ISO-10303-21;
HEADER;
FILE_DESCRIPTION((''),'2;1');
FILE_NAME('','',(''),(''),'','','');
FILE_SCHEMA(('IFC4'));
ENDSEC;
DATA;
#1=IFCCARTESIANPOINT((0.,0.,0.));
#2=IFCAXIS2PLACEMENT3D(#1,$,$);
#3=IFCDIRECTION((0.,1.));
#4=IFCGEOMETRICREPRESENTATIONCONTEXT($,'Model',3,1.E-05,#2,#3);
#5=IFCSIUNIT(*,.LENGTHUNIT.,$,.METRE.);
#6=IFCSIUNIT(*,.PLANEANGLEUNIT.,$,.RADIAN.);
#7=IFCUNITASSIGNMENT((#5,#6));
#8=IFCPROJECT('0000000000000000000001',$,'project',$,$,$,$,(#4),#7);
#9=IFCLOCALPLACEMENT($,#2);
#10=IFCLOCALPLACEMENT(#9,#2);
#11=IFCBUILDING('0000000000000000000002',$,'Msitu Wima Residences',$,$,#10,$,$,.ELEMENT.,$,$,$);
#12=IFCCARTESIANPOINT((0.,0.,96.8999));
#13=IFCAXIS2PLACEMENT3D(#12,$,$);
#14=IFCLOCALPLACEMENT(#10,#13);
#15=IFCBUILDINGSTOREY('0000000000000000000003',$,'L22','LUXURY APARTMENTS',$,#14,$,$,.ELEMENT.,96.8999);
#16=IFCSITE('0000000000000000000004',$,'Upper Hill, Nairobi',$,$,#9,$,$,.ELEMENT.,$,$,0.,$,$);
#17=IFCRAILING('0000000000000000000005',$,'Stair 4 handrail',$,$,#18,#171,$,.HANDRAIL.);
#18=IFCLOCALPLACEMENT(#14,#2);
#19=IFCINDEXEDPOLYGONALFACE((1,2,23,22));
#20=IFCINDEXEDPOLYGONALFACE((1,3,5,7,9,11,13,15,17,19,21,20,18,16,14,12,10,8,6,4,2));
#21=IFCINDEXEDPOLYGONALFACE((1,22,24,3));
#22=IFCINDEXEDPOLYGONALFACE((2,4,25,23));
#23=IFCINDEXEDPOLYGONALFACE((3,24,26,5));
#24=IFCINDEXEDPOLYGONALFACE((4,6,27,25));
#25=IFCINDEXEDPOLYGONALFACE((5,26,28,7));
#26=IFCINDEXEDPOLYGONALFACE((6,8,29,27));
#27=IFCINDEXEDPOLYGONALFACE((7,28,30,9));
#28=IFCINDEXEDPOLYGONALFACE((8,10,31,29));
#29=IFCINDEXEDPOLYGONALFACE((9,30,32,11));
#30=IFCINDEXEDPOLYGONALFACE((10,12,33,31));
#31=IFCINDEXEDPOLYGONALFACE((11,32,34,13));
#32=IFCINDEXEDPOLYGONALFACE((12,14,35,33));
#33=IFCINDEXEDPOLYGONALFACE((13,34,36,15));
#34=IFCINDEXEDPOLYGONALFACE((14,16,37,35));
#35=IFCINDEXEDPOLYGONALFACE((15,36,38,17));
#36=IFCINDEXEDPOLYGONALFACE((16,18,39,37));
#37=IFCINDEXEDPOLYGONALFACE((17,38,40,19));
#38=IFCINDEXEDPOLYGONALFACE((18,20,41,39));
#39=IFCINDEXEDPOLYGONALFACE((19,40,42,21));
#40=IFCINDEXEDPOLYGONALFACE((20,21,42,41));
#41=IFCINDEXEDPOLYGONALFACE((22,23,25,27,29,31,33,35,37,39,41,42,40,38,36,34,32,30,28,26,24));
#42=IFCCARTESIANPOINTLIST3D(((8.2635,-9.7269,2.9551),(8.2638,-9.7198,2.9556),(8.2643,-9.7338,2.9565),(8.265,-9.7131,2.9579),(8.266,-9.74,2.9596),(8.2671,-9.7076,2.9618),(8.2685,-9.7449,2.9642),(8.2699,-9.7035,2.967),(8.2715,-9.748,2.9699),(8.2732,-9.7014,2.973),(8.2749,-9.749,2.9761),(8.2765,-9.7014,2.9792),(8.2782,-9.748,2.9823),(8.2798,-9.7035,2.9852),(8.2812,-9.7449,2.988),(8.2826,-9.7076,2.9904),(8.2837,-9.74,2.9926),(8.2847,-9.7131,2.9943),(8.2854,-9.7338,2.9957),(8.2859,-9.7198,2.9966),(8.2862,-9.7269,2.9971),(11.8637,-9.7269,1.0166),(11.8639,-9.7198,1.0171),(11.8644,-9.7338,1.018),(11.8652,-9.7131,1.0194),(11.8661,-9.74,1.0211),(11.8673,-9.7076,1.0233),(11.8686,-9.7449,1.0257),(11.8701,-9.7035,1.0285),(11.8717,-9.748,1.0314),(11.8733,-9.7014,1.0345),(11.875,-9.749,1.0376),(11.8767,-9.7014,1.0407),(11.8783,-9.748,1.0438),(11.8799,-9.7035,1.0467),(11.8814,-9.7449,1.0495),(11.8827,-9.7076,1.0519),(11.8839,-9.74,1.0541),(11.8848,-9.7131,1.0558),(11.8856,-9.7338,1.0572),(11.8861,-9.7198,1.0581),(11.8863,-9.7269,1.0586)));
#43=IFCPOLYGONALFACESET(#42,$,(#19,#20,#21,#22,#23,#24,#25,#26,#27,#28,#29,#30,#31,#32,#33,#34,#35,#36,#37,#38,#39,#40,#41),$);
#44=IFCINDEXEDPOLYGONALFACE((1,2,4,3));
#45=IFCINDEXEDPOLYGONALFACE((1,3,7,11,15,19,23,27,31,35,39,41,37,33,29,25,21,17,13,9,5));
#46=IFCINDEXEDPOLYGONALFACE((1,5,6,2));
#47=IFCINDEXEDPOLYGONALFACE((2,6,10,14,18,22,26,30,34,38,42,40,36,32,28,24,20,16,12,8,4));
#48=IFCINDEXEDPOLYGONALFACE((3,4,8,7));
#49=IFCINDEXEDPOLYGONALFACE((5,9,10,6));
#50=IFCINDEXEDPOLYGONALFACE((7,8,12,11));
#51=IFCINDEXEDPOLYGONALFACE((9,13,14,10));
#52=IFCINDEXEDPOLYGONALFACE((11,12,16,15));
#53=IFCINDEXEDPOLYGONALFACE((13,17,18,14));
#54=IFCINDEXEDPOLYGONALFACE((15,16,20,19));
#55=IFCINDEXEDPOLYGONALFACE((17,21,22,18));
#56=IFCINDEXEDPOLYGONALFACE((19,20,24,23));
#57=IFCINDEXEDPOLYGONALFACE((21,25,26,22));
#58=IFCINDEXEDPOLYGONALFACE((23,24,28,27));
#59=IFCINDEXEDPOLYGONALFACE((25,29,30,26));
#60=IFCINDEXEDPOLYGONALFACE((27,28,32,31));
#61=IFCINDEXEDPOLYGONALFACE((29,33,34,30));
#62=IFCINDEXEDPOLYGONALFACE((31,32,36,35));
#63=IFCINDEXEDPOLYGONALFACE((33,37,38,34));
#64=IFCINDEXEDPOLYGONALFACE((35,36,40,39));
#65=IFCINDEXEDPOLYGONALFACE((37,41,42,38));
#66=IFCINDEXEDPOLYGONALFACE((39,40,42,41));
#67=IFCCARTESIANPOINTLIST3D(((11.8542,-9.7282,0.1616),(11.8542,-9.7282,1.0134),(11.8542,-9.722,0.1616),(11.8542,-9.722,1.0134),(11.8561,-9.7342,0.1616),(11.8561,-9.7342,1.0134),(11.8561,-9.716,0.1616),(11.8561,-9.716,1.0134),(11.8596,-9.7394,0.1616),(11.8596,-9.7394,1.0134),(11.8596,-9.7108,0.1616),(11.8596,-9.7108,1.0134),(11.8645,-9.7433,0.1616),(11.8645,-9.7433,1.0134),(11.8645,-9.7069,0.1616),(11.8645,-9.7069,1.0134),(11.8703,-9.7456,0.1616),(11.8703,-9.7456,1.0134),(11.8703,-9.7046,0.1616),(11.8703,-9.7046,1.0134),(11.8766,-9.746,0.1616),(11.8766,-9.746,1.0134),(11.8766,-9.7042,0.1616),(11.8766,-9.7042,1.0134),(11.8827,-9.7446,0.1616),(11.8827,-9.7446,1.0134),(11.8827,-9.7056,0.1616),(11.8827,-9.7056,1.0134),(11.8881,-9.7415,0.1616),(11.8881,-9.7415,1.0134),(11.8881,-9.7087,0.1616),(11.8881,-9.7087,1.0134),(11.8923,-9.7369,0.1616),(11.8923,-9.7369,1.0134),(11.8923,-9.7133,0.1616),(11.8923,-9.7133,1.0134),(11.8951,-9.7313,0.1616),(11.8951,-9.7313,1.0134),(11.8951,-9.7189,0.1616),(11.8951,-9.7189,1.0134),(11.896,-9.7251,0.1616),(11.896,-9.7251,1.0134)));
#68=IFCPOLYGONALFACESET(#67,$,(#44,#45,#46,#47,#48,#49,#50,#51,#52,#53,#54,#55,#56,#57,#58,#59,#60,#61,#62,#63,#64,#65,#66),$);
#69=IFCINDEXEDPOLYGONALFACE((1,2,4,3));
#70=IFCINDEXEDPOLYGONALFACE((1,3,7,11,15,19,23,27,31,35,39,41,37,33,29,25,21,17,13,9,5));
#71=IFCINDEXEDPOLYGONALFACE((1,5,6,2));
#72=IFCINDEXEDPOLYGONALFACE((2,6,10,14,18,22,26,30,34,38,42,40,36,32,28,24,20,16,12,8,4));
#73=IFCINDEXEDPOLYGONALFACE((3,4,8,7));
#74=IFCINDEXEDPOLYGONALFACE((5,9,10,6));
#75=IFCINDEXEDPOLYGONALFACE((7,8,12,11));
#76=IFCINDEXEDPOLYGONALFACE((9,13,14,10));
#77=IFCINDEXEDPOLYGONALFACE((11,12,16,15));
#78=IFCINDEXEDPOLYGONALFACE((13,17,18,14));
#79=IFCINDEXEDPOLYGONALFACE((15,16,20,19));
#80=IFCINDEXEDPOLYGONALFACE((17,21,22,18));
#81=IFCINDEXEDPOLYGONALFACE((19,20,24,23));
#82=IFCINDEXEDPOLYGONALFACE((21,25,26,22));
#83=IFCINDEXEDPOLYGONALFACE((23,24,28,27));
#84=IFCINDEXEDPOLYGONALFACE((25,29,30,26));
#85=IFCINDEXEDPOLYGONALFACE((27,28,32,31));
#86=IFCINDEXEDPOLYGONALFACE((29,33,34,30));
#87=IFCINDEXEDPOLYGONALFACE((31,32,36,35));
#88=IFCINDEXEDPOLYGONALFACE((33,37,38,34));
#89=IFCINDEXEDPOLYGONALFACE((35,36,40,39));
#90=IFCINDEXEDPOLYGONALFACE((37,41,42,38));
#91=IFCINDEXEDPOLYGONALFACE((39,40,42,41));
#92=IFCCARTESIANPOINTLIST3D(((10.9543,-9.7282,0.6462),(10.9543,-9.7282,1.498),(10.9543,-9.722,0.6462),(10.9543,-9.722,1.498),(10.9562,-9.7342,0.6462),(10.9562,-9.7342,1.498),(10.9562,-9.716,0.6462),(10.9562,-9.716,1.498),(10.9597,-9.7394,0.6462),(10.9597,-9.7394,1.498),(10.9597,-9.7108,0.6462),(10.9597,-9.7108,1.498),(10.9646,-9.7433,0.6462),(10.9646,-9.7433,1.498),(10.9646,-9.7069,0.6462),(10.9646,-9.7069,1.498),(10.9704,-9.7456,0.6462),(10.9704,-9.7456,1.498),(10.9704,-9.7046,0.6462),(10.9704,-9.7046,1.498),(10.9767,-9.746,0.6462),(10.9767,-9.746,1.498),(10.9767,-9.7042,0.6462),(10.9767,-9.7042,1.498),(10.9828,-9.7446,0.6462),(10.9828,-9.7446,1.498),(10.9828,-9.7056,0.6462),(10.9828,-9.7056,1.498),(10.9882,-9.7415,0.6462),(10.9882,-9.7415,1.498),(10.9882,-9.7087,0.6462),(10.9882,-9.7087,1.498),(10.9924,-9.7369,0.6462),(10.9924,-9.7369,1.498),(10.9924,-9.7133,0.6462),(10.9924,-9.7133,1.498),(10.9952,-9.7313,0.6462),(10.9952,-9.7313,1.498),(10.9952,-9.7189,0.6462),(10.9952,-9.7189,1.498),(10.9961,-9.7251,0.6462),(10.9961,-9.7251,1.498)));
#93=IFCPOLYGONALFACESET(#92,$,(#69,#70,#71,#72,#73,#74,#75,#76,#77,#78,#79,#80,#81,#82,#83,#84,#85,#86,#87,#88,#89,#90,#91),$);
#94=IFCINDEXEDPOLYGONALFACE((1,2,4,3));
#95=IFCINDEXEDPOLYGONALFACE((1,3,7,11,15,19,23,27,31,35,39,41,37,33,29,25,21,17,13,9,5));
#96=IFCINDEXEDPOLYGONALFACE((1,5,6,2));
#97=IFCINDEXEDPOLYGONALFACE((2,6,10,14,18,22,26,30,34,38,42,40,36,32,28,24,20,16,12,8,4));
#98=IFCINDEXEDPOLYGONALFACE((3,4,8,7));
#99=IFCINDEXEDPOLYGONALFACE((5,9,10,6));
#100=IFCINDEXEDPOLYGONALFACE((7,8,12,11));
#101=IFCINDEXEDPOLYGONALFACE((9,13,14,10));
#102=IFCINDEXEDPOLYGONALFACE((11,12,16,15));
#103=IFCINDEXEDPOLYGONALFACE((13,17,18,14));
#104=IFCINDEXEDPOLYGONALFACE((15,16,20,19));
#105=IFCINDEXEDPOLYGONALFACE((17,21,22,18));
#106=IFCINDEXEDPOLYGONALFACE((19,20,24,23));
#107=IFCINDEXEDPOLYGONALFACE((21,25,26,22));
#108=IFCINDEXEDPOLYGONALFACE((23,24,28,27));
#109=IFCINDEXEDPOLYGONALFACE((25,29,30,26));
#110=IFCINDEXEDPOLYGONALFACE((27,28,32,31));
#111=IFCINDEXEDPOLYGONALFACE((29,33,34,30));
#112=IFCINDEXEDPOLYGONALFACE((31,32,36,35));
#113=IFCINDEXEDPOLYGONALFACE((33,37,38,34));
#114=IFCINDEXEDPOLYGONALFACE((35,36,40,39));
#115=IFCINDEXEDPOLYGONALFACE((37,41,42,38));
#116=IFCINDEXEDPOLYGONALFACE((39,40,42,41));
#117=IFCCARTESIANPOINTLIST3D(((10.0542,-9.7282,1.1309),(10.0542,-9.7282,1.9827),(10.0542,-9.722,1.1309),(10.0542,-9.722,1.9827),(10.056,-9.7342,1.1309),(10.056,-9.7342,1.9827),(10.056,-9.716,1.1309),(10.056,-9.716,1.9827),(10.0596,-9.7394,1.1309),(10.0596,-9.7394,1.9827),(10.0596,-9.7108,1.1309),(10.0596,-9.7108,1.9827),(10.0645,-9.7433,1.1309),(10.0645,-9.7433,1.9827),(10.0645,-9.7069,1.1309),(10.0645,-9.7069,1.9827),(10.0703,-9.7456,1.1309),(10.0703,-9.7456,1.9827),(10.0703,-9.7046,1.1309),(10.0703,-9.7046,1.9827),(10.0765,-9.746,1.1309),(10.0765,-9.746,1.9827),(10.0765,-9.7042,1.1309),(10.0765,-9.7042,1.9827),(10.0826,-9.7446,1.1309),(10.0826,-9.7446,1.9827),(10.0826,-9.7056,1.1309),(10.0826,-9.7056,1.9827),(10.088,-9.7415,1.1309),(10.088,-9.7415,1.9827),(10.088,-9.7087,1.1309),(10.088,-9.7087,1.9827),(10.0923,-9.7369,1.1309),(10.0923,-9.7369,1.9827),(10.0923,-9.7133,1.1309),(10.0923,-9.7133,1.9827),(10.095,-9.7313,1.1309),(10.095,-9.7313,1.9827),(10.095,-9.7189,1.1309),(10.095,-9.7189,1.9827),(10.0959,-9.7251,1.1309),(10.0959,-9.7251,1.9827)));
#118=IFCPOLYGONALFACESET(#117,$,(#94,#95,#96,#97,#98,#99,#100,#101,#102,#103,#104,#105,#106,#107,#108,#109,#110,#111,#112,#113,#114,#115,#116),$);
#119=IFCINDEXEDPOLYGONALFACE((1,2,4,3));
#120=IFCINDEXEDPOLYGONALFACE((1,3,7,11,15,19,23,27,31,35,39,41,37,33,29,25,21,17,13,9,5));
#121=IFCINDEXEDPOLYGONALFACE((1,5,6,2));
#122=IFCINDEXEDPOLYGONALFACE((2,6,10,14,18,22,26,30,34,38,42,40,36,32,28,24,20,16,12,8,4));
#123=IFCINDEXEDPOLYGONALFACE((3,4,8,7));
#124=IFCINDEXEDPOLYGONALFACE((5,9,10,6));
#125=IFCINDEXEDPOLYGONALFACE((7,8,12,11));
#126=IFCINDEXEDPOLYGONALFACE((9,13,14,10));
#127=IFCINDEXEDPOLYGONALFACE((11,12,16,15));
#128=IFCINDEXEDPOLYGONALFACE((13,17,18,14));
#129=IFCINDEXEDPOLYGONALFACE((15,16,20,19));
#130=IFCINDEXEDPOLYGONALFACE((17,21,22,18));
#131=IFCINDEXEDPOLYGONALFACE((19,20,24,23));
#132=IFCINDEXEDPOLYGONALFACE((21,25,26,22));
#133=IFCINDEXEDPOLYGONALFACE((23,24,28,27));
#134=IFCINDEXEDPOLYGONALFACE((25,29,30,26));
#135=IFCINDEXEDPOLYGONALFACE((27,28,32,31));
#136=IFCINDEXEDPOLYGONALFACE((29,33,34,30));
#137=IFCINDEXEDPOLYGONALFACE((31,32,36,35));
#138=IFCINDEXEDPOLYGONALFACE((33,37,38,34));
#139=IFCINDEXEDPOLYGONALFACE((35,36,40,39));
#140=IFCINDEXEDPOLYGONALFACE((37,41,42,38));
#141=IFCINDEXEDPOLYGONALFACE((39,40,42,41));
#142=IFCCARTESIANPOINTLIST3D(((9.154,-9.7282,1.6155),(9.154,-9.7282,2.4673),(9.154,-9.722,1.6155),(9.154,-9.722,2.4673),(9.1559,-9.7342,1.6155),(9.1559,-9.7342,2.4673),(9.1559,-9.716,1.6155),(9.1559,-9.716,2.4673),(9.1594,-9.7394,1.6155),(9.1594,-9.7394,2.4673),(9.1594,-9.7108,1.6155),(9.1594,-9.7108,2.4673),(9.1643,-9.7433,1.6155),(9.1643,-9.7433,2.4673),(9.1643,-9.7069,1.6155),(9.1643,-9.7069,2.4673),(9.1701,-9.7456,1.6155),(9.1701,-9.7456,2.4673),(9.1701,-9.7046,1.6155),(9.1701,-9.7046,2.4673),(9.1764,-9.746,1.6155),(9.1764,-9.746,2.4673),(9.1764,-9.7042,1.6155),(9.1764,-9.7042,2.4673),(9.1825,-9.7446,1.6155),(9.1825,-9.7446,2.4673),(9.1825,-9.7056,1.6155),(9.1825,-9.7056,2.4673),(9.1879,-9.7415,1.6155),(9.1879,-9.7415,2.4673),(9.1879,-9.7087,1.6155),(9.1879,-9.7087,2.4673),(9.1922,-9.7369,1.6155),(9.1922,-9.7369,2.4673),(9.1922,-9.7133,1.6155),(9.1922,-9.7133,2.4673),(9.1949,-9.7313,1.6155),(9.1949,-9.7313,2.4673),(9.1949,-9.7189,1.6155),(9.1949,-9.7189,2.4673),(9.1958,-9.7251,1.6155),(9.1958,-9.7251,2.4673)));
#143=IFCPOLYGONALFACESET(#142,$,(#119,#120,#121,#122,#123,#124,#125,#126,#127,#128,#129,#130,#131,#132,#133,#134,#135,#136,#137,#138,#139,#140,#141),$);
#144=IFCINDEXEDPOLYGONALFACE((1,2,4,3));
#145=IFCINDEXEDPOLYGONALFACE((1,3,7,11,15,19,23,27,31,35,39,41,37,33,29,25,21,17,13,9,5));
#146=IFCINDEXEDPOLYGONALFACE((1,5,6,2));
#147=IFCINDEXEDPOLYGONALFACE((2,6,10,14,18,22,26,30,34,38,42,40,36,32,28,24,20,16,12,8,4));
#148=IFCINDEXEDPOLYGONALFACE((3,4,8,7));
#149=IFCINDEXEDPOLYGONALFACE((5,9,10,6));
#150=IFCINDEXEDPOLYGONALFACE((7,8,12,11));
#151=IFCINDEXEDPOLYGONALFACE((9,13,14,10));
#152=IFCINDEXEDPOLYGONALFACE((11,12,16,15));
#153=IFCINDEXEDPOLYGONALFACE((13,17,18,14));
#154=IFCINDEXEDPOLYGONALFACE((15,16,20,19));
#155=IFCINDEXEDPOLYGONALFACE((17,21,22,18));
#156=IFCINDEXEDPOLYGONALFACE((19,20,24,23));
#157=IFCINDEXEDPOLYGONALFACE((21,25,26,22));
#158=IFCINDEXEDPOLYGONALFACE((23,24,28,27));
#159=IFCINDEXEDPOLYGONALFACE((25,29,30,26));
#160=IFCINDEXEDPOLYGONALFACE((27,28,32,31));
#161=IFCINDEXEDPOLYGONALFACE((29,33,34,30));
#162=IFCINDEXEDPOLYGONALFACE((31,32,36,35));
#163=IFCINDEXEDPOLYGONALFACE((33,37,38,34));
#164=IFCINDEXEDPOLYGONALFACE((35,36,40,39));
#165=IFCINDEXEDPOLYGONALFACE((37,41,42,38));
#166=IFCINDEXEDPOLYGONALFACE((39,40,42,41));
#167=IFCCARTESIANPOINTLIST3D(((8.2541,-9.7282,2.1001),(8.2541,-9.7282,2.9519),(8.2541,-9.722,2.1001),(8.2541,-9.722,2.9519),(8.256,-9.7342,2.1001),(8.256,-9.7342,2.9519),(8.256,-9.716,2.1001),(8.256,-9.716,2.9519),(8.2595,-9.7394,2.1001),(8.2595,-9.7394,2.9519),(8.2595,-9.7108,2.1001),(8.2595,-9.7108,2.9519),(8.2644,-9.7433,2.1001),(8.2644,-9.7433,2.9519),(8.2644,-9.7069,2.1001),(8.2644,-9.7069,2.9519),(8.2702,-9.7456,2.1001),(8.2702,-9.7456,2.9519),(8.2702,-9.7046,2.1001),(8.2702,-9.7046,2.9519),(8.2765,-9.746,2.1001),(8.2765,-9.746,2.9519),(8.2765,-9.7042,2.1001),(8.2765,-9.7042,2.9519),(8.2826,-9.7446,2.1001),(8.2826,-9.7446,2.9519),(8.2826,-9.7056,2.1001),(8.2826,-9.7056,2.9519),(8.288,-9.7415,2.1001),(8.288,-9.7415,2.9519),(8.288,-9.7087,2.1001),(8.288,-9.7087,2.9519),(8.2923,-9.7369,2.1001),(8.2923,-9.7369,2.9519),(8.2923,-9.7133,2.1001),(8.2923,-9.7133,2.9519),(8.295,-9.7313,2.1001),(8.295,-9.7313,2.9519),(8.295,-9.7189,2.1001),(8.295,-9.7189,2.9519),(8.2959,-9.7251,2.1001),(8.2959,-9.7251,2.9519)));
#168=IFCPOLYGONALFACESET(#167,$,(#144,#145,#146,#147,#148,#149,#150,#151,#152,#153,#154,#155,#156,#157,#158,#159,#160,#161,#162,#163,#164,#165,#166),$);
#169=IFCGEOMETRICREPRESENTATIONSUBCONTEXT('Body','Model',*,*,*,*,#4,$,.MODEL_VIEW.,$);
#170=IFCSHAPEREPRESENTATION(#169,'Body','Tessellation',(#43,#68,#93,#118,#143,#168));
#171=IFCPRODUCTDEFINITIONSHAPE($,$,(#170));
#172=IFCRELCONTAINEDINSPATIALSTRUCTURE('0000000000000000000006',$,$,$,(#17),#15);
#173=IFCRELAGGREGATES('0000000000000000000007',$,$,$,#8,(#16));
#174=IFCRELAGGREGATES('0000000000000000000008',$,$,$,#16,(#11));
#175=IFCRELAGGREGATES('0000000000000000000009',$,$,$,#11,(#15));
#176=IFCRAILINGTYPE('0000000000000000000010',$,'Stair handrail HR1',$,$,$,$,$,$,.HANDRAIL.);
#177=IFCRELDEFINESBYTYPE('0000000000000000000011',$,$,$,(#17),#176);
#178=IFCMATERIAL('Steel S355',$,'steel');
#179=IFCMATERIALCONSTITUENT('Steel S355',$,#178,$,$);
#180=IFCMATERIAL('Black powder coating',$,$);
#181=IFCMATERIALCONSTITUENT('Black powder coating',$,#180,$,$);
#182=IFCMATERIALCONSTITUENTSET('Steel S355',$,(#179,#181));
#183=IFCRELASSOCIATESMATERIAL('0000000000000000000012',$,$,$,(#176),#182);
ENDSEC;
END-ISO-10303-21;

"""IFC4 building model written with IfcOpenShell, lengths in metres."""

from ifc_helpers import new_model, si_unit, direction, frame, origin, origin_2d, place, context, subcontext, project, spatial, circle, extrude, material, constituent, constituent_set, type_object, element, save


model = new_model("IFC4")

# Units and contexts
model_context = context("Model", 3, precision=1e-05, world=origin(), true_north=direction((0.0, 1.0)))
body_context = subcontext(model_context, "Body", "Model", "MODEL_VIEW")
ifc_project = project(units=[si_unit("LENGTHUNIT", "METRE"), si_unit("PLANEANGLEUNIT", "RADIAN")], contexts=[model_context])

# Site, building, storey
site_placement = place(None, origin())
site = spatial("IfcSite", under=ifc_project, at=site_placement, Name="Upper Hill, Nairobi", CompositionType="ELEMENT", RefElevation=0.0)
building_placement = place(site_placement, origin())
building = spatial("IfcBuilding", under=site, at=building_placement, Name="Msitu Wima Residences", CompositionType="ELEMENT")
storey_placement = place(building_placement, frame((0.0, 0.0, 96.8999)))
storey = spatial("IfcBuildingStorey", under=building, at=storey_placement, Name="L22", Description="LUXURY APARTMENTS", CompositionType="ELEMENT", Elevation=96.8999)

# Railing
ifc_material_1 = material(Name="Steel S355", Category="steel")
ifc_constituent_1 = constituent(ifc_material_1, Name="Steel S355")
ifc_material_2 = material(Name="Black powder coating")
ifc_constituent_2 = constituent(ifc_material_2, Name="Black powder coating")
ifc_constituent_set = constituent_set(constituents=[ifc_constituent_1, ifc_constituent_2], Name="Steel S355")
railing_type = type_object("IfcRailingType", Name="Stair handrail HR1", PredefinedType="HANDRAIL", material=ifc_constituent_set)
for number, where, name in (
    (1, (11.875, -9.7251, 0.1616), "Stair 4 handrail"),
):
    element("IfcRailing", number, at=place(storey_placement, frame(where)), inside=storey, type_object=railing_type, Name=name, PredefinedType="HANDRAIL", context=body_context, shape_type="SweptSolid", body=[
        extrude(circle(Radius=0.0239, at=origin_2d()), frame((0.0, 0.0, 0.876), z_axis=(-0.880475, 0.0, 0.474093), x_axis=(0.0, -1.0, 0.0)), (0.0, 0.0, 1.0), 4.0889),
        extrude(circle(Radius=0.021, at=origin_2d()), origin(), (0.0, 0.0, 1.0), 0.8518),
        extrude(circle(Radius=0.021, at=origin_2d()), frame((-0.8999, 0.0, 0.4846)), (0.0, 0.0, 1.0), 0.8518),
        extrude(circle(Radius=0.021, at=origin_2d()), frame((-1.8, 0.0, 0.9692)), (0.0, 0.0, 1.0), 0.8518),
        extrude(circle(Radius=0.021, at=origin_2d()), frame((-2.7002, 0.0, 1.4539)), (0.0, 0.0, 1.0), 0.8518),
        extrude(circle(Radius=0.021, at=origin_2d()), frame((-3.6001, 0.0, 1.9385)), (0.0, 0.0, 1.0), 0.8518),
    ])

save(model, "model.ifc")
